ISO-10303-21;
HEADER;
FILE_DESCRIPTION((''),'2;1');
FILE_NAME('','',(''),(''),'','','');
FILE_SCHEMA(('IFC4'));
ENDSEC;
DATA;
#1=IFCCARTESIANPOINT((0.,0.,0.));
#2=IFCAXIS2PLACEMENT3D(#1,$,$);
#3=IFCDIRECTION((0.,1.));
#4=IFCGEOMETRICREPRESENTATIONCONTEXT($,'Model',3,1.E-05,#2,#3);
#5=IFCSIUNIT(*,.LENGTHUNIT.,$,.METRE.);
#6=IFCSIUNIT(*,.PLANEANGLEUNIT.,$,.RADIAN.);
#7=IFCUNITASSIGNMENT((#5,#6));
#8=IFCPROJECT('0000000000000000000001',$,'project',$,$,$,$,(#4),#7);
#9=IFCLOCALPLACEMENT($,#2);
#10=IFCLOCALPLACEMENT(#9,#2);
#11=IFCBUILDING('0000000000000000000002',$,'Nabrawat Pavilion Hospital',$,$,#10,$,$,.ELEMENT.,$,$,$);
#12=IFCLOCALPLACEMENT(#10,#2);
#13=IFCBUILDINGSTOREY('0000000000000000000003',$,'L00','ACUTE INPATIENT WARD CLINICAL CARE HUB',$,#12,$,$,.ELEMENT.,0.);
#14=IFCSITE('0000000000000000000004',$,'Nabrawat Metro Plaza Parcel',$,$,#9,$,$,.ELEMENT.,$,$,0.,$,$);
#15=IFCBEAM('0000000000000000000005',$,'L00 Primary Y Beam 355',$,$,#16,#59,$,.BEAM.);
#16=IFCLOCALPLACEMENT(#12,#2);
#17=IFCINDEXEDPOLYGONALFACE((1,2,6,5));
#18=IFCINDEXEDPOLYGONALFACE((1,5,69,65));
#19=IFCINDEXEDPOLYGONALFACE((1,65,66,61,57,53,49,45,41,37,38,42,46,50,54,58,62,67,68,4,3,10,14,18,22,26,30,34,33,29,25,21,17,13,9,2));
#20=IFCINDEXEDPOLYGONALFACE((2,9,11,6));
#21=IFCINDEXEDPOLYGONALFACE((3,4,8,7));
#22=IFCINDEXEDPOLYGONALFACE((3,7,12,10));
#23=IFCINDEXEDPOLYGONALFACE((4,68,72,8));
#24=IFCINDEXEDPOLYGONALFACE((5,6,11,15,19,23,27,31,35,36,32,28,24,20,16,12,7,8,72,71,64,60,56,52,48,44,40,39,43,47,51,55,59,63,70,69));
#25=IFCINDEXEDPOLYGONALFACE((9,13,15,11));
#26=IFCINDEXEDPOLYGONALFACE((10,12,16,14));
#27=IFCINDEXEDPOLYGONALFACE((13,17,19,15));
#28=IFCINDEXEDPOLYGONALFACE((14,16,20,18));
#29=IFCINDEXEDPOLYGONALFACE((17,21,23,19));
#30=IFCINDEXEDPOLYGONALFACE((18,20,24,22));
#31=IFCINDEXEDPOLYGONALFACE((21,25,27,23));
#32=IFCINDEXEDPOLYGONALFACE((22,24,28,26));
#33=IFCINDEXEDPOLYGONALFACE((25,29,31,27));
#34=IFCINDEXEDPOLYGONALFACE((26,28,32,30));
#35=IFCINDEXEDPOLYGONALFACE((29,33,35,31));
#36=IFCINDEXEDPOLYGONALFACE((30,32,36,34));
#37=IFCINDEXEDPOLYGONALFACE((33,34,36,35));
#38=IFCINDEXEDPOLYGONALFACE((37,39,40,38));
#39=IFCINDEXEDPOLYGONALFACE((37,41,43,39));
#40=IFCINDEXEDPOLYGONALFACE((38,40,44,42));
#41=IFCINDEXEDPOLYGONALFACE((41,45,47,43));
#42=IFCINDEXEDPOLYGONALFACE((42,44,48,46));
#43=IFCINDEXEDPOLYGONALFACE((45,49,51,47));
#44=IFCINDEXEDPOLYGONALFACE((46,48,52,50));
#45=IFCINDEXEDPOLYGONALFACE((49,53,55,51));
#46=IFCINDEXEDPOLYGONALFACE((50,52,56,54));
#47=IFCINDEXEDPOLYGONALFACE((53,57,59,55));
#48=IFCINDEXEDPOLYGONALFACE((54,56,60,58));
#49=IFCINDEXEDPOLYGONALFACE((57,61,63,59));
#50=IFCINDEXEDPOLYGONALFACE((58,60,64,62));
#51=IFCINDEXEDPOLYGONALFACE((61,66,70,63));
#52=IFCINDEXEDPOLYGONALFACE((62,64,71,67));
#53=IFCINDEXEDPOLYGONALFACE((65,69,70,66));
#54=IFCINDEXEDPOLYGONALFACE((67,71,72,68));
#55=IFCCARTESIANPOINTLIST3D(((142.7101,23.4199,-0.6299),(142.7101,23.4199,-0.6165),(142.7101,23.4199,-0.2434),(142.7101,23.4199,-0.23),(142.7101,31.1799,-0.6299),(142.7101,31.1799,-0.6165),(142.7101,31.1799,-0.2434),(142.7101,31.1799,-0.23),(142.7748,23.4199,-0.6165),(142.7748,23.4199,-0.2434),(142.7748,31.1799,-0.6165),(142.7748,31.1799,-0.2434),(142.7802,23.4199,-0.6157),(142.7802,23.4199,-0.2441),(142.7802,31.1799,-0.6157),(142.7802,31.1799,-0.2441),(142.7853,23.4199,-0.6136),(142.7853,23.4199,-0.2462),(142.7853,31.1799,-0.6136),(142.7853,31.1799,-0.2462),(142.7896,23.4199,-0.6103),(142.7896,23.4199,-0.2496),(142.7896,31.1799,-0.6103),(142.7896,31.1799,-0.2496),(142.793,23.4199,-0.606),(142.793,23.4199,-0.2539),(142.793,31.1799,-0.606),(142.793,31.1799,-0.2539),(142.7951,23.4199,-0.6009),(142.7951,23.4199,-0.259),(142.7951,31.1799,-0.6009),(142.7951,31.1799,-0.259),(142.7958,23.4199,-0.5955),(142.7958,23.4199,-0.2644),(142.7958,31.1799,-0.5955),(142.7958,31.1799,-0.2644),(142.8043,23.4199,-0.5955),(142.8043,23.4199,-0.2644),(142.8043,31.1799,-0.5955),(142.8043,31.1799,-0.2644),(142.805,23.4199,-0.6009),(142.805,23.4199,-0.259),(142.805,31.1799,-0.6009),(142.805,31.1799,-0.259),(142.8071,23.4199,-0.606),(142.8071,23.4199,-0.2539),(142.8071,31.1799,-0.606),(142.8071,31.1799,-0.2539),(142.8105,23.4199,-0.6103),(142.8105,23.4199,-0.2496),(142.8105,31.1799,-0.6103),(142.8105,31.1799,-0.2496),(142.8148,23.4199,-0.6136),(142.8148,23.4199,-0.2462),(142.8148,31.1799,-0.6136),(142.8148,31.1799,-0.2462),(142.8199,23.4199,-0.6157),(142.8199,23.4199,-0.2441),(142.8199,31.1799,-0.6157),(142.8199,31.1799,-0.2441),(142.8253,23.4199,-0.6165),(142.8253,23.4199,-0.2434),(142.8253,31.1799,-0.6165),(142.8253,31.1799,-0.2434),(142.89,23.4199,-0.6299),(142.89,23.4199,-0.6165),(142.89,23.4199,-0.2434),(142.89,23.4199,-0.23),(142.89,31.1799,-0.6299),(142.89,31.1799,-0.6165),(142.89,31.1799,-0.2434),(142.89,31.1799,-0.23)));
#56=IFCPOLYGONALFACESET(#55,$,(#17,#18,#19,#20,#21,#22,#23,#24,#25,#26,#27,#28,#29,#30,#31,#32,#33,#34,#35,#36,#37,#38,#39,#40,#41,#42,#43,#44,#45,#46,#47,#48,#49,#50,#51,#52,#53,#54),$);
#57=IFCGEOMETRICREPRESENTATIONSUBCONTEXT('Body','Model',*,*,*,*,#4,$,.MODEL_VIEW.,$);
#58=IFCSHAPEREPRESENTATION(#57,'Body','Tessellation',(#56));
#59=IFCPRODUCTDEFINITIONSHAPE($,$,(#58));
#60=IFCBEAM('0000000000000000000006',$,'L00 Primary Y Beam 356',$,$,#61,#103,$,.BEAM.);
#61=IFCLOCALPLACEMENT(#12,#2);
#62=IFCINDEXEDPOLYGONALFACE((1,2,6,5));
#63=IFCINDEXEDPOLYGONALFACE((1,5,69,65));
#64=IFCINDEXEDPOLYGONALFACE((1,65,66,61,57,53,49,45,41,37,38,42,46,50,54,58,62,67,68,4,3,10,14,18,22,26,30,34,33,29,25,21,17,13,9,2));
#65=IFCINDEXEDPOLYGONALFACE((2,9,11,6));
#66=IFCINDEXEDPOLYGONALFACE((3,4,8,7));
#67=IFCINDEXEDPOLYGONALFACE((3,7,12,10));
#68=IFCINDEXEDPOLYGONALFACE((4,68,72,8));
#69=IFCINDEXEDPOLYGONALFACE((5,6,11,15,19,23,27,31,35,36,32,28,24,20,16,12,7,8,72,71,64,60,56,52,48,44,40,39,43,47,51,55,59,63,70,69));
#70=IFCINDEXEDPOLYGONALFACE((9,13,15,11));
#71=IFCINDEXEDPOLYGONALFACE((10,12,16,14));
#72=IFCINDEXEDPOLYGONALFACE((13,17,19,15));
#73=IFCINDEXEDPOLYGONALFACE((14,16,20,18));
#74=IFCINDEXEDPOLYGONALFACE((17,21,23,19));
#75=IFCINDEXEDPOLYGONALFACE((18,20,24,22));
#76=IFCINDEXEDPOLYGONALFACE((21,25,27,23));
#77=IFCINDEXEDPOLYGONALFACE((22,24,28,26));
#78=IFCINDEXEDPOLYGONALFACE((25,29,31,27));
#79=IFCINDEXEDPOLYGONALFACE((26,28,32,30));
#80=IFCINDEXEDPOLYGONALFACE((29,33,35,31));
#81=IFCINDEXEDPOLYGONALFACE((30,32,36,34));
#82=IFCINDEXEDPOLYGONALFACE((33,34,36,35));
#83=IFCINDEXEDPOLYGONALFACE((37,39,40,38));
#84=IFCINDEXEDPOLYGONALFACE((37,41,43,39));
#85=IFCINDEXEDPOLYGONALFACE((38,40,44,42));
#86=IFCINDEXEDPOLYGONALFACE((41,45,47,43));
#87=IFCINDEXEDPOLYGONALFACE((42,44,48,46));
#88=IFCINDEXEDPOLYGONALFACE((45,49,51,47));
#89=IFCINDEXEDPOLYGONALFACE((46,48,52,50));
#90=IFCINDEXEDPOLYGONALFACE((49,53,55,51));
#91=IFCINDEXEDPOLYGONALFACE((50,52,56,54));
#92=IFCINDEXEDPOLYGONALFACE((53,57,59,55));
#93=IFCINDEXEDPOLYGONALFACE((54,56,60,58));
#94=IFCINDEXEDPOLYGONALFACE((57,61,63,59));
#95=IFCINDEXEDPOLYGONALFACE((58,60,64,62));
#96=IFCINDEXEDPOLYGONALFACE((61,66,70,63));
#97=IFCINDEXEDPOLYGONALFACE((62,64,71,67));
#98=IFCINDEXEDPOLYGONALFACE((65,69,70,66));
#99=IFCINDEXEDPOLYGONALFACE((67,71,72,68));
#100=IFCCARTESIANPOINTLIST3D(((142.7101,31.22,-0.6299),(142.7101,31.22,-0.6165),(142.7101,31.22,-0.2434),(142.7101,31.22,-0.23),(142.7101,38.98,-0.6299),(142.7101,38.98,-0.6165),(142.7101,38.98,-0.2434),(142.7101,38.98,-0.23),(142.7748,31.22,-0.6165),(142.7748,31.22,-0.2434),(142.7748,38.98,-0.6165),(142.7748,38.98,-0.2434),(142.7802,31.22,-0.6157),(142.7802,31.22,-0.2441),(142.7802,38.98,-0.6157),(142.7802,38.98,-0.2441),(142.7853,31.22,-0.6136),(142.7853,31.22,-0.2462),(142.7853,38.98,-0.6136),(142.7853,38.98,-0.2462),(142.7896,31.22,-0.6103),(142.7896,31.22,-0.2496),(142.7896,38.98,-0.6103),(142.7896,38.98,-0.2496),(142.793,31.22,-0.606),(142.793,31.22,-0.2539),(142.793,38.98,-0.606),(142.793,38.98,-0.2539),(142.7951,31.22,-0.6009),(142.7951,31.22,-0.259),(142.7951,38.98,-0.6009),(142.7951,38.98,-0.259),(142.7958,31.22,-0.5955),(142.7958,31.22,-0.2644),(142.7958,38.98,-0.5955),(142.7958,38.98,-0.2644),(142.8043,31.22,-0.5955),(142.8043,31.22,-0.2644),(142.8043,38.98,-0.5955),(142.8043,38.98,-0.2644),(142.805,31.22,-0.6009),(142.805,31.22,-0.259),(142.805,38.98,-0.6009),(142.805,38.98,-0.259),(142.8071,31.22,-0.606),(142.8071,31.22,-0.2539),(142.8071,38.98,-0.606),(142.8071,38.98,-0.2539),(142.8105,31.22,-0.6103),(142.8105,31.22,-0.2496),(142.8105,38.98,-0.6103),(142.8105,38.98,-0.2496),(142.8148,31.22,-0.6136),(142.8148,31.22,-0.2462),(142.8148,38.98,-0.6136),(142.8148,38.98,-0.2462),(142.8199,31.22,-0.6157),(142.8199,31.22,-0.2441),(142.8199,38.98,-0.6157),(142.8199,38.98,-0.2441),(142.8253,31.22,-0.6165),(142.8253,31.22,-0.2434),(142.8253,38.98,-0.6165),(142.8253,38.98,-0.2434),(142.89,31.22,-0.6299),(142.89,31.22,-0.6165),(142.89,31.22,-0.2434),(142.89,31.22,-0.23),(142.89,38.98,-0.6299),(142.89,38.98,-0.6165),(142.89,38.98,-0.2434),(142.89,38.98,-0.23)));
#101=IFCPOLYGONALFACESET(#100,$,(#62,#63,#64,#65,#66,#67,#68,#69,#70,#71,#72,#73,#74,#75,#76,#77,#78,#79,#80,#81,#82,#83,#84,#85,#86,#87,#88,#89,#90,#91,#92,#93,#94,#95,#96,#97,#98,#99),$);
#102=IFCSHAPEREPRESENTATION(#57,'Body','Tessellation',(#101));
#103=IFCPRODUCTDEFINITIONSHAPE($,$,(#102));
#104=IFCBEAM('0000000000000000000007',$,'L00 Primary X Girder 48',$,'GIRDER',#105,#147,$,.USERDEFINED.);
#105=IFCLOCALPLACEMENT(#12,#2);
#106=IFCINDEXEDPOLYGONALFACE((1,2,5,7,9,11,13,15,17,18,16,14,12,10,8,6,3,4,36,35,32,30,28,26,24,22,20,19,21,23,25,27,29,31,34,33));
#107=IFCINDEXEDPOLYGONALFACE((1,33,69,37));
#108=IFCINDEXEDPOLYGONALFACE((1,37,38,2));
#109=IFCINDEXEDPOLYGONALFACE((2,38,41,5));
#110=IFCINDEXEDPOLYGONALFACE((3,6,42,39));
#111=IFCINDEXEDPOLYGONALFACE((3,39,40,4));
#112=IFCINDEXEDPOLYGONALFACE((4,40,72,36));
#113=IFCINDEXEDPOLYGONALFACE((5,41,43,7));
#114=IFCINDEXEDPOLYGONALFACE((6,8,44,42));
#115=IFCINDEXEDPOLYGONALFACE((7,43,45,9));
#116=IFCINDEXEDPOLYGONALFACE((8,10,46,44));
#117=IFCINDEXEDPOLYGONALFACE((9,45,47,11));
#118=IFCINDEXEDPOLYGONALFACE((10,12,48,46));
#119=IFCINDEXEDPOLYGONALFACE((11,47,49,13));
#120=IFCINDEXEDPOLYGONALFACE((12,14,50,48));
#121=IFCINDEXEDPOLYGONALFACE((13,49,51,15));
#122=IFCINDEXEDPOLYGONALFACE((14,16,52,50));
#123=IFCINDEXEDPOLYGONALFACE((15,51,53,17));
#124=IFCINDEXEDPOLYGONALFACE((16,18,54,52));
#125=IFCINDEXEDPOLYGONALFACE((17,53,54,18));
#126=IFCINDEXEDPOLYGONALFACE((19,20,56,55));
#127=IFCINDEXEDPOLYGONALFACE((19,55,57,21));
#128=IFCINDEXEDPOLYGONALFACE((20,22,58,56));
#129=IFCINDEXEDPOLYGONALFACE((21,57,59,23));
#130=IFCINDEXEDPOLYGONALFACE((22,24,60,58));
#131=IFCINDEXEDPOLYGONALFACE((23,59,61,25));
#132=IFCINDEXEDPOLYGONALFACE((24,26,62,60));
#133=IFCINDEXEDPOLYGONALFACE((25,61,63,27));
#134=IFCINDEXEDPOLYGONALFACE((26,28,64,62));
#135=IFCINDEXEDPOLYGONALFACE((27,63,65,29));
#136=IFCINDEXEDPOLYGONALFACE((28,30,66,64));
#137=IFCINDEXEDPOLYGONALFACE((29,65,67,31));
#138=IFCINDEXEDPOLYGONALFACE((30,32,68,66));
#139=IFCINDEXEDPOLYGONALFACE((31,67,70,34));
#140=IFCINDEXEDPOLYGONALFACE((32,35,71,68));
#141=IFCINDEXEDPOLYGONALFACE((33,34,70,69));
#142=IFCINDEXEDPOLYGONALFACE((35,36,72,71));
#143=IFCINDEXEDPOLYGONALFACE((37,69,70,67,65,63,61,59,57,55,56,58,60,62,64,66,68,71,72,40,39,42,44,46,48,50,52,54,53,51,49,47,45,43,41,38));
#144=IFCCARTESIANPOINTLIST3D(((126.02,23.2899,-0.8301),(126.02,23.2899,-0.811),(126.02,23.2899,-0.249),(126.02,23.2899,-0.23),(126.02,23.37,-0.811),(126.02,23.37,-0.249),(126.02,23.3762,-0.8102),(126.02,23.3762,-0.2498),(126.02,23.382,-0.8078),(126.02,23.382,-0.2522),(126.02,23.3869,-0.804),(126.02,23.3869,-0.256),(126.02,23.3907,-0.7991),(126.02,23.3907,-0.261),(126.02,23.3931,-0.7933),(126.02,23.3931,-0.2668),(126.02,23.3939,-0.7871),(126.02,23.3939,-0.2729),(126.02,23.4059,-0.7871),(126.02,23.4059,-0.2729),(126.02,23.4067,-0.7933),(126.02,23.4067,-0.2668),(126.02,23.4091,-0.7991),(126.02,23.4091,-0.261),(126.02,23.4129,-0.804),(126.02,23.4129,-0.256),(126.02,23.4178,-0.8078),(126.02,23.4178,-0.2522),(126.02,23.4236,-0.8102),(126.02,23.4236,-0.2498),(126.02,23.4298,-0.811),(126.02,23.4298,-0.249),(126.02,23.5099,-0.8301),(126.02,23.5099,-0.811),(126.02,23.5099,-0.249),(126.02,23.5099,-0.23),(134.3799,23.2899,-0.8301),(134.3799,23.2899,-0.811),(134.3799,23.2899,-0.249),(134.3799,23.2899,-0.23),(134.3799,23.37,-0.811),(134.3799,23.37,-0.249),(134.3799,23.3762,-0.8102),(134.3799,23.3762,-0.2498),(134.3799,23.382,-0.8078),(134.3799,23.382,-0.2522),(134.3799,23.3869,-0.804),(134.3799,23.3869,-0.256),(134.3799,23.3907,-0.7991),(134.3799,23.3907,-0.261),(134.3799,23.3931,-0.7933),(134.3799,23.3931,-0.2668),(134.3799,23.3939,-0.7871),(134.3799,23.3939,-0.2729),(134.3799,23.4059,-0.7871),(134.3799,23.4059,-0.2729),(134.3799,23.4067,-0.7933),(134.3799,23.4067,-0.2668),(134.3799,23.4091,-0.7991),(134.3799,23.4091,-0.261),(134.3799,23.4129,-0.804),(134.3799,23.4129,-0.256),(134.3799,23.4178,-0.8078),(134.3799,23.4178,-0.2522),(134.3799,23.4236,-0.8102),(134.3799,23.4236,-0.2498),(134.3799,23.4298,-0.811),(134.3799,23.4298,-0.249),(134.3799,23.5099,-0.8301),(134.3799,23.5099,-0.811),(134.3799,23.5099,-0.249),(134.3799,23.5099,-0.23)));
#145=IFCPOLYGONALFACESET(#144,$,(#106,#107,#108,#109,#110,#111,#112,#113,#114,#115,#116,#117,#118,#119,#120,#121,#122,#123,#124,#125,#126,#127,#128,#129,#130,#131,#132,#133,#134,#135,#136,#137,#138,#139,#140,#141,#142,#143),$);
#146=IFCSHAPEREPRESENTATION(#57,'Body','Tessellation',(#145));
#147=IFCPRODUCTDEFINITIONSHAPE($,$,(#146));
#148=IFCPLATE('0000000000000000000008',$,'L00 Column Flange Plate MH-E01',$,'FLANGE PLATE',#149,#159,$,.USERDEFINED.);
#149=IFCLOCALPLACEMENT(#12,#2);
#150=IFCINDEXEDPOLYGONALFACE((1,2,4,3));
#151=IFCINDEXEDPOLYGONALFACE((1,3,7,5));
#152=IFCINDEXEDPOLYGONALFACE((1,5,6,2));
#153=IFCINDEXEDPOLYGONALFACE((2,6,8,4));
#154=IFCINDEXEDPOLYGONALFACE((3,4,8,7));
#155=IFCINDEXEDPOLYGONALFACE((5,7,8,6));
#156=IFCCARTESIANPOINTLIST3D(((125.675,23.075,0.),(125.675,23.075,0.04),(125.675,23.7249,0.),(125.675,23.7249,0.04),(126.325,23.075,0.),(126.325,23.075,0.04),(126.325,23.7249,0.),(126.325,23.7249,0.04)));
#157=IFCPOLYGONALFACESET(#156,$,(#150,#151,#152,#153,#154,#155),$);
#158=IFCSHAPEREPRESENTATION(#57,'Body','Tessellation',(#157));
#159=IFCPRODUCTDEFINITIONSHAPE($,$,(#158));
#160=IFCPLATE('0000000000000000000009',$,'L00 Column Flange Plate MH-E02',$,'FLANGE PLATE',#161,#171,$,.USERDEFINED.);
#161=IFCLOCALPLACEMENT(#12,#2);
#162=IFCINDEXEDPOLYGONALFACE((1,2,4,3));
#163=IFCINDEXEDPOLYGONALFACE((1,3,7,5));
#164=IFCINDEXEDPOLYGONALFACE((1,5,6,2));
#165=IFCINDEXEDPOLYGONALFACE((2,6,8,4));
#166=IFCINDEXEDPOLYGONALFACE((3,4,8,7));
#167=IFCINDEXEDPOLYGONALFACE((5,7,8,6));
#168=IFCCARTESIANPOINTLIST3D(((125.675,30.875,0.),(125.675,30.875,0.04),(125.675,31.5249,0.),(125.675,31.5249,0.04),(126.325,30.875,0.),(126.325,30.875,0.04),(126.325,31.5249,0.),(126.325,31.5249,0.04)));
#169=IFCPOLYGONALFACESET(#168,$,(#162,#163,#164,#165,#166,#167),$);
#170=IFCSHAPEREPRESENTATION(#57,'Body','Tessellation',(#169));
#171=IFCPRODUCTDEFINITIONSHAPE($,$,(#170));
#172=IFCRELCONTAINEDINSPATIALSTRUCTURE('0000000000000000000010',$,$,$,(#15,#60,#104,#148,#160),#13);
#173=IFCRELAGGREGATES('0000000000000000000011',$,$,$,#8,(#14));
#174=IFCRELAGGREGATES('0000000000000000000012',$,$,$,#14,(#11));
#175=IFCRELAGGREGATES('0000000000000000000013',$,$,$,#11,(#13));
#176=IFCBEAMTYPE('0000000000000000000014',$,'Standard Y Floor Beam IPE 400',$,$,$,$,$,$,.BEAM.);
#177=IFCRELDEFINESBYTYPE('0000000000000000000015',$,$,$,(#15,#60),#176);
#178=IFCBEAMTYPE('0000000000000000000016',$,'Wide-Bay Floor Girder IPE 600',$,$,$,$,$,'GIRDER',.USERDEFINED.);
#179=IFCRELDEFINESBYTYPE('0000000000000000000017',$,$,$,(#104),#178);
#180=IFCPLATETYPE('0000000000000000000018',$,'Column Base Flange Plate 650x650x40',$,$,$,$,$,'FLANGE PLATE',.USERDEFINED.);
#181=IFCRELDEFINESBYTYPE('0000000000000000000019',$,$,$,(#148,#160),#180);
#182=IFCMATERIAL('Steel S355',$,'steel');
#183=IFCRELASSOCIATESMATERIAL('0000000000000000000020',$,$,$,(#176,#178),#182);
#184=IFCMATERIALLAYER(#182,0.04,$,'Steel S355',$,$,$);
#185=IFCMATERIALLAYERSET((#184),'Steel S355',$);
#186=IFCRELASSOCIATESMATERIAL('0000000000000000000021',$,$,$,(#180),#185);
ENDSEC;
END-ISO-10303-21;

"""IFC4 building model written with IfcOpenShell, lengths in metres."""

from ifc_helpers import new_model, si_unit, direction, frame, origin, origin_2d, place, context, subcontext, project, spatial, rectangle, i_section, extrude, material, layer, layer_set, material_profile, profile_set, type_object, element, save


model = new_model("IFC4")

# Units and contexts
model_context = context("Model", 3, precision=1e-05, world=origin(), true_north=direction((0.0, 1.0)))
body_context = subcontext(model_context, "Body", "Model", "MODEL_VIEW")
ifc_project = project(units=[si_unit("LENGTHUNIT", "METRE"), si_unit("PLANEANGLEUNIT", "RADIAN")], contexts=[model_context])

# Site, building, storey
site_placement = place(None, origin())
site = spatial("IfcSite", under=ifc_project, at=site_placement, Name="Nabrawat Metro Plaza Parcel", CompositionType="ELEMENT", RefElevation=0.0)
building_placement = place(site_placement, origin())
building = spatial("IfcBuilding", under=site, at=building_placement, Name="Nabrawat Pavilion Hospital", CompositionType="ELEMENT")
storey_placement = place(building_placement, origin())
storey = spatial("IfcBuildingStorey", under=building, at=storey_placement, Name="L00", Description="ACUTE INPATIENT WARD CLINICAL CARE HUB", CompositionType="ELEMENT", Elevation=0.0)

# Beams
ifc_material_1 = material(Name="Steel S355", Category="steel")
ifc_material_profile_1 = material_profile(ifc_material_1, i_section(OverallWidth=0.1799, OverallDepth=0.3999, WebThickness=0.0085, FlangeThickness=0.0134, FilletRadius=0.021, at=origin_2d()), Name="IPE 400")
ifc_profile_set_1 = profile_set([ifc_material_profile_1], Name="Steel S355")
beam_type_1 = type_object("IfcBeamType", Name="Standard Y Floor Beam IPE 400", PredefinedType="BEAM", material=ifc_profile_set_1)
for number, where, z_axis, x_axis, name in (
    (1, (142.8, 23.4199, -0.4299), (0.0, 1.0, 0.0), (-1.0, 0.0, 0.0), "L00 Primary Y Beam 355"),
    (2, (142.8, 31.22, -0.4299), (0.0, 1.0, 0.0), (-1.0, 0.0, 0.0), "L00 Primary Y Beam 356"),
):
    element("IfcBeam", number, at=place(storey_placement, frame(where, z_axis=z_axis, x_axis=x_axis)), inside=storey, type_object=beam_type_1, Name=name, PredefinedType="BEAM", context=body_context, shape_type="SweptSolid", body=[
        extrude(i_section(OverallWidth=0.1799, OverallDepth=0.3999, WebThickness=0.0085, FlangeThickness=0.0134, FilletRadius=0.021, at=origin_2d()), origin(), (0.0, 0.0, 1.0), 7.76),
    ])
ifc_material_profile_2 = material_profile(ifc_material_1, i_section(OverallWidth=0.22, OverallDepth=0.6001, WebThickness=0.012, FlangeThickness=0.019, FilletRadius=0.0239, at=origin_2d()), Name="IPE 600")
ifc_profile_set_2 = profile_set([ifc_material_profile_2], Name="Steel S355")
beam_type_2 = type_object("IfcBeamType", Name="Wide-Bay Floor Girder IPE 600", ElementType="GIRDER", PredefinedType="USERDEFINED", material=ifc_profile_set_2)
beam_1_placement = place(storey_placement, frame((126.02, 23.3999, -0.53), z_axis=(1.0, 0.0, 0.0), x_axis=(0.0, 1.0, 0.0)))
element("IfcBeam", 3, at=beam_1_placement, inside=storey, type_object=beam_type_2, Name="L00 Primary X Girder 48", ObjectType="GIRDER", PredefinedType="USERDEFINED", context=body_context, shape_type="SweptSolid", body=[
    extrude(i_section(OverallWidth=0.22, OverallDepth=0.6001, WebThickness=0.012, FlangeThickness=0.019, FilletRadius=0.0239, at=origin_2d()), origin(), (0.0, 0.0, 1.0), 8.3599),
])

# Plates
ifc_layer_1 = layer(ifc_material_1, 0.04, Name="Steel S355")
ifc_layer_set_1 = layer_set([ifc_layer_1], Name="Steel S355")
plate_type = type_object("IfcPlateType", Name="Column Base Flange Plate 650x650x40", ElementType="FLANGE PLATE", PredefinedType="USERDEFINED", material=ifc_layer_set_1)
for number, where, z_axis, x_axis, name in (
    (4, (126.0, 23.3999, 0.0), (0.0, 0.0, 1.0), (1.0, 0.0, 0.0), "L00 Column Flange Plate MH-E01"),
    (5, (126.0, 31.2, 0.0), (0.0, 0.0, 1.0), (1.0, 0.0, 0.0), "L00 Column Flange Plate MH-E02"),
):
    element("IfcPlate", number, at=place(storey_placement, frame(where, z_axis=z_axis, x_axis=x_axis)), inside=storey, type_object=plate_type, Name=name, ObjectType="FLANGE PLATE", PredefinedType="USERDEFINED", context=body_context, shape_type="SweptSolid", body=[
        extrude(rectangle(XDim=0.6499, YDim=0.6499, at=origin_2d()), origin(), (0.0, 0.0, 1.0), 0.04),
    ])

save(model, "model.ifc")
